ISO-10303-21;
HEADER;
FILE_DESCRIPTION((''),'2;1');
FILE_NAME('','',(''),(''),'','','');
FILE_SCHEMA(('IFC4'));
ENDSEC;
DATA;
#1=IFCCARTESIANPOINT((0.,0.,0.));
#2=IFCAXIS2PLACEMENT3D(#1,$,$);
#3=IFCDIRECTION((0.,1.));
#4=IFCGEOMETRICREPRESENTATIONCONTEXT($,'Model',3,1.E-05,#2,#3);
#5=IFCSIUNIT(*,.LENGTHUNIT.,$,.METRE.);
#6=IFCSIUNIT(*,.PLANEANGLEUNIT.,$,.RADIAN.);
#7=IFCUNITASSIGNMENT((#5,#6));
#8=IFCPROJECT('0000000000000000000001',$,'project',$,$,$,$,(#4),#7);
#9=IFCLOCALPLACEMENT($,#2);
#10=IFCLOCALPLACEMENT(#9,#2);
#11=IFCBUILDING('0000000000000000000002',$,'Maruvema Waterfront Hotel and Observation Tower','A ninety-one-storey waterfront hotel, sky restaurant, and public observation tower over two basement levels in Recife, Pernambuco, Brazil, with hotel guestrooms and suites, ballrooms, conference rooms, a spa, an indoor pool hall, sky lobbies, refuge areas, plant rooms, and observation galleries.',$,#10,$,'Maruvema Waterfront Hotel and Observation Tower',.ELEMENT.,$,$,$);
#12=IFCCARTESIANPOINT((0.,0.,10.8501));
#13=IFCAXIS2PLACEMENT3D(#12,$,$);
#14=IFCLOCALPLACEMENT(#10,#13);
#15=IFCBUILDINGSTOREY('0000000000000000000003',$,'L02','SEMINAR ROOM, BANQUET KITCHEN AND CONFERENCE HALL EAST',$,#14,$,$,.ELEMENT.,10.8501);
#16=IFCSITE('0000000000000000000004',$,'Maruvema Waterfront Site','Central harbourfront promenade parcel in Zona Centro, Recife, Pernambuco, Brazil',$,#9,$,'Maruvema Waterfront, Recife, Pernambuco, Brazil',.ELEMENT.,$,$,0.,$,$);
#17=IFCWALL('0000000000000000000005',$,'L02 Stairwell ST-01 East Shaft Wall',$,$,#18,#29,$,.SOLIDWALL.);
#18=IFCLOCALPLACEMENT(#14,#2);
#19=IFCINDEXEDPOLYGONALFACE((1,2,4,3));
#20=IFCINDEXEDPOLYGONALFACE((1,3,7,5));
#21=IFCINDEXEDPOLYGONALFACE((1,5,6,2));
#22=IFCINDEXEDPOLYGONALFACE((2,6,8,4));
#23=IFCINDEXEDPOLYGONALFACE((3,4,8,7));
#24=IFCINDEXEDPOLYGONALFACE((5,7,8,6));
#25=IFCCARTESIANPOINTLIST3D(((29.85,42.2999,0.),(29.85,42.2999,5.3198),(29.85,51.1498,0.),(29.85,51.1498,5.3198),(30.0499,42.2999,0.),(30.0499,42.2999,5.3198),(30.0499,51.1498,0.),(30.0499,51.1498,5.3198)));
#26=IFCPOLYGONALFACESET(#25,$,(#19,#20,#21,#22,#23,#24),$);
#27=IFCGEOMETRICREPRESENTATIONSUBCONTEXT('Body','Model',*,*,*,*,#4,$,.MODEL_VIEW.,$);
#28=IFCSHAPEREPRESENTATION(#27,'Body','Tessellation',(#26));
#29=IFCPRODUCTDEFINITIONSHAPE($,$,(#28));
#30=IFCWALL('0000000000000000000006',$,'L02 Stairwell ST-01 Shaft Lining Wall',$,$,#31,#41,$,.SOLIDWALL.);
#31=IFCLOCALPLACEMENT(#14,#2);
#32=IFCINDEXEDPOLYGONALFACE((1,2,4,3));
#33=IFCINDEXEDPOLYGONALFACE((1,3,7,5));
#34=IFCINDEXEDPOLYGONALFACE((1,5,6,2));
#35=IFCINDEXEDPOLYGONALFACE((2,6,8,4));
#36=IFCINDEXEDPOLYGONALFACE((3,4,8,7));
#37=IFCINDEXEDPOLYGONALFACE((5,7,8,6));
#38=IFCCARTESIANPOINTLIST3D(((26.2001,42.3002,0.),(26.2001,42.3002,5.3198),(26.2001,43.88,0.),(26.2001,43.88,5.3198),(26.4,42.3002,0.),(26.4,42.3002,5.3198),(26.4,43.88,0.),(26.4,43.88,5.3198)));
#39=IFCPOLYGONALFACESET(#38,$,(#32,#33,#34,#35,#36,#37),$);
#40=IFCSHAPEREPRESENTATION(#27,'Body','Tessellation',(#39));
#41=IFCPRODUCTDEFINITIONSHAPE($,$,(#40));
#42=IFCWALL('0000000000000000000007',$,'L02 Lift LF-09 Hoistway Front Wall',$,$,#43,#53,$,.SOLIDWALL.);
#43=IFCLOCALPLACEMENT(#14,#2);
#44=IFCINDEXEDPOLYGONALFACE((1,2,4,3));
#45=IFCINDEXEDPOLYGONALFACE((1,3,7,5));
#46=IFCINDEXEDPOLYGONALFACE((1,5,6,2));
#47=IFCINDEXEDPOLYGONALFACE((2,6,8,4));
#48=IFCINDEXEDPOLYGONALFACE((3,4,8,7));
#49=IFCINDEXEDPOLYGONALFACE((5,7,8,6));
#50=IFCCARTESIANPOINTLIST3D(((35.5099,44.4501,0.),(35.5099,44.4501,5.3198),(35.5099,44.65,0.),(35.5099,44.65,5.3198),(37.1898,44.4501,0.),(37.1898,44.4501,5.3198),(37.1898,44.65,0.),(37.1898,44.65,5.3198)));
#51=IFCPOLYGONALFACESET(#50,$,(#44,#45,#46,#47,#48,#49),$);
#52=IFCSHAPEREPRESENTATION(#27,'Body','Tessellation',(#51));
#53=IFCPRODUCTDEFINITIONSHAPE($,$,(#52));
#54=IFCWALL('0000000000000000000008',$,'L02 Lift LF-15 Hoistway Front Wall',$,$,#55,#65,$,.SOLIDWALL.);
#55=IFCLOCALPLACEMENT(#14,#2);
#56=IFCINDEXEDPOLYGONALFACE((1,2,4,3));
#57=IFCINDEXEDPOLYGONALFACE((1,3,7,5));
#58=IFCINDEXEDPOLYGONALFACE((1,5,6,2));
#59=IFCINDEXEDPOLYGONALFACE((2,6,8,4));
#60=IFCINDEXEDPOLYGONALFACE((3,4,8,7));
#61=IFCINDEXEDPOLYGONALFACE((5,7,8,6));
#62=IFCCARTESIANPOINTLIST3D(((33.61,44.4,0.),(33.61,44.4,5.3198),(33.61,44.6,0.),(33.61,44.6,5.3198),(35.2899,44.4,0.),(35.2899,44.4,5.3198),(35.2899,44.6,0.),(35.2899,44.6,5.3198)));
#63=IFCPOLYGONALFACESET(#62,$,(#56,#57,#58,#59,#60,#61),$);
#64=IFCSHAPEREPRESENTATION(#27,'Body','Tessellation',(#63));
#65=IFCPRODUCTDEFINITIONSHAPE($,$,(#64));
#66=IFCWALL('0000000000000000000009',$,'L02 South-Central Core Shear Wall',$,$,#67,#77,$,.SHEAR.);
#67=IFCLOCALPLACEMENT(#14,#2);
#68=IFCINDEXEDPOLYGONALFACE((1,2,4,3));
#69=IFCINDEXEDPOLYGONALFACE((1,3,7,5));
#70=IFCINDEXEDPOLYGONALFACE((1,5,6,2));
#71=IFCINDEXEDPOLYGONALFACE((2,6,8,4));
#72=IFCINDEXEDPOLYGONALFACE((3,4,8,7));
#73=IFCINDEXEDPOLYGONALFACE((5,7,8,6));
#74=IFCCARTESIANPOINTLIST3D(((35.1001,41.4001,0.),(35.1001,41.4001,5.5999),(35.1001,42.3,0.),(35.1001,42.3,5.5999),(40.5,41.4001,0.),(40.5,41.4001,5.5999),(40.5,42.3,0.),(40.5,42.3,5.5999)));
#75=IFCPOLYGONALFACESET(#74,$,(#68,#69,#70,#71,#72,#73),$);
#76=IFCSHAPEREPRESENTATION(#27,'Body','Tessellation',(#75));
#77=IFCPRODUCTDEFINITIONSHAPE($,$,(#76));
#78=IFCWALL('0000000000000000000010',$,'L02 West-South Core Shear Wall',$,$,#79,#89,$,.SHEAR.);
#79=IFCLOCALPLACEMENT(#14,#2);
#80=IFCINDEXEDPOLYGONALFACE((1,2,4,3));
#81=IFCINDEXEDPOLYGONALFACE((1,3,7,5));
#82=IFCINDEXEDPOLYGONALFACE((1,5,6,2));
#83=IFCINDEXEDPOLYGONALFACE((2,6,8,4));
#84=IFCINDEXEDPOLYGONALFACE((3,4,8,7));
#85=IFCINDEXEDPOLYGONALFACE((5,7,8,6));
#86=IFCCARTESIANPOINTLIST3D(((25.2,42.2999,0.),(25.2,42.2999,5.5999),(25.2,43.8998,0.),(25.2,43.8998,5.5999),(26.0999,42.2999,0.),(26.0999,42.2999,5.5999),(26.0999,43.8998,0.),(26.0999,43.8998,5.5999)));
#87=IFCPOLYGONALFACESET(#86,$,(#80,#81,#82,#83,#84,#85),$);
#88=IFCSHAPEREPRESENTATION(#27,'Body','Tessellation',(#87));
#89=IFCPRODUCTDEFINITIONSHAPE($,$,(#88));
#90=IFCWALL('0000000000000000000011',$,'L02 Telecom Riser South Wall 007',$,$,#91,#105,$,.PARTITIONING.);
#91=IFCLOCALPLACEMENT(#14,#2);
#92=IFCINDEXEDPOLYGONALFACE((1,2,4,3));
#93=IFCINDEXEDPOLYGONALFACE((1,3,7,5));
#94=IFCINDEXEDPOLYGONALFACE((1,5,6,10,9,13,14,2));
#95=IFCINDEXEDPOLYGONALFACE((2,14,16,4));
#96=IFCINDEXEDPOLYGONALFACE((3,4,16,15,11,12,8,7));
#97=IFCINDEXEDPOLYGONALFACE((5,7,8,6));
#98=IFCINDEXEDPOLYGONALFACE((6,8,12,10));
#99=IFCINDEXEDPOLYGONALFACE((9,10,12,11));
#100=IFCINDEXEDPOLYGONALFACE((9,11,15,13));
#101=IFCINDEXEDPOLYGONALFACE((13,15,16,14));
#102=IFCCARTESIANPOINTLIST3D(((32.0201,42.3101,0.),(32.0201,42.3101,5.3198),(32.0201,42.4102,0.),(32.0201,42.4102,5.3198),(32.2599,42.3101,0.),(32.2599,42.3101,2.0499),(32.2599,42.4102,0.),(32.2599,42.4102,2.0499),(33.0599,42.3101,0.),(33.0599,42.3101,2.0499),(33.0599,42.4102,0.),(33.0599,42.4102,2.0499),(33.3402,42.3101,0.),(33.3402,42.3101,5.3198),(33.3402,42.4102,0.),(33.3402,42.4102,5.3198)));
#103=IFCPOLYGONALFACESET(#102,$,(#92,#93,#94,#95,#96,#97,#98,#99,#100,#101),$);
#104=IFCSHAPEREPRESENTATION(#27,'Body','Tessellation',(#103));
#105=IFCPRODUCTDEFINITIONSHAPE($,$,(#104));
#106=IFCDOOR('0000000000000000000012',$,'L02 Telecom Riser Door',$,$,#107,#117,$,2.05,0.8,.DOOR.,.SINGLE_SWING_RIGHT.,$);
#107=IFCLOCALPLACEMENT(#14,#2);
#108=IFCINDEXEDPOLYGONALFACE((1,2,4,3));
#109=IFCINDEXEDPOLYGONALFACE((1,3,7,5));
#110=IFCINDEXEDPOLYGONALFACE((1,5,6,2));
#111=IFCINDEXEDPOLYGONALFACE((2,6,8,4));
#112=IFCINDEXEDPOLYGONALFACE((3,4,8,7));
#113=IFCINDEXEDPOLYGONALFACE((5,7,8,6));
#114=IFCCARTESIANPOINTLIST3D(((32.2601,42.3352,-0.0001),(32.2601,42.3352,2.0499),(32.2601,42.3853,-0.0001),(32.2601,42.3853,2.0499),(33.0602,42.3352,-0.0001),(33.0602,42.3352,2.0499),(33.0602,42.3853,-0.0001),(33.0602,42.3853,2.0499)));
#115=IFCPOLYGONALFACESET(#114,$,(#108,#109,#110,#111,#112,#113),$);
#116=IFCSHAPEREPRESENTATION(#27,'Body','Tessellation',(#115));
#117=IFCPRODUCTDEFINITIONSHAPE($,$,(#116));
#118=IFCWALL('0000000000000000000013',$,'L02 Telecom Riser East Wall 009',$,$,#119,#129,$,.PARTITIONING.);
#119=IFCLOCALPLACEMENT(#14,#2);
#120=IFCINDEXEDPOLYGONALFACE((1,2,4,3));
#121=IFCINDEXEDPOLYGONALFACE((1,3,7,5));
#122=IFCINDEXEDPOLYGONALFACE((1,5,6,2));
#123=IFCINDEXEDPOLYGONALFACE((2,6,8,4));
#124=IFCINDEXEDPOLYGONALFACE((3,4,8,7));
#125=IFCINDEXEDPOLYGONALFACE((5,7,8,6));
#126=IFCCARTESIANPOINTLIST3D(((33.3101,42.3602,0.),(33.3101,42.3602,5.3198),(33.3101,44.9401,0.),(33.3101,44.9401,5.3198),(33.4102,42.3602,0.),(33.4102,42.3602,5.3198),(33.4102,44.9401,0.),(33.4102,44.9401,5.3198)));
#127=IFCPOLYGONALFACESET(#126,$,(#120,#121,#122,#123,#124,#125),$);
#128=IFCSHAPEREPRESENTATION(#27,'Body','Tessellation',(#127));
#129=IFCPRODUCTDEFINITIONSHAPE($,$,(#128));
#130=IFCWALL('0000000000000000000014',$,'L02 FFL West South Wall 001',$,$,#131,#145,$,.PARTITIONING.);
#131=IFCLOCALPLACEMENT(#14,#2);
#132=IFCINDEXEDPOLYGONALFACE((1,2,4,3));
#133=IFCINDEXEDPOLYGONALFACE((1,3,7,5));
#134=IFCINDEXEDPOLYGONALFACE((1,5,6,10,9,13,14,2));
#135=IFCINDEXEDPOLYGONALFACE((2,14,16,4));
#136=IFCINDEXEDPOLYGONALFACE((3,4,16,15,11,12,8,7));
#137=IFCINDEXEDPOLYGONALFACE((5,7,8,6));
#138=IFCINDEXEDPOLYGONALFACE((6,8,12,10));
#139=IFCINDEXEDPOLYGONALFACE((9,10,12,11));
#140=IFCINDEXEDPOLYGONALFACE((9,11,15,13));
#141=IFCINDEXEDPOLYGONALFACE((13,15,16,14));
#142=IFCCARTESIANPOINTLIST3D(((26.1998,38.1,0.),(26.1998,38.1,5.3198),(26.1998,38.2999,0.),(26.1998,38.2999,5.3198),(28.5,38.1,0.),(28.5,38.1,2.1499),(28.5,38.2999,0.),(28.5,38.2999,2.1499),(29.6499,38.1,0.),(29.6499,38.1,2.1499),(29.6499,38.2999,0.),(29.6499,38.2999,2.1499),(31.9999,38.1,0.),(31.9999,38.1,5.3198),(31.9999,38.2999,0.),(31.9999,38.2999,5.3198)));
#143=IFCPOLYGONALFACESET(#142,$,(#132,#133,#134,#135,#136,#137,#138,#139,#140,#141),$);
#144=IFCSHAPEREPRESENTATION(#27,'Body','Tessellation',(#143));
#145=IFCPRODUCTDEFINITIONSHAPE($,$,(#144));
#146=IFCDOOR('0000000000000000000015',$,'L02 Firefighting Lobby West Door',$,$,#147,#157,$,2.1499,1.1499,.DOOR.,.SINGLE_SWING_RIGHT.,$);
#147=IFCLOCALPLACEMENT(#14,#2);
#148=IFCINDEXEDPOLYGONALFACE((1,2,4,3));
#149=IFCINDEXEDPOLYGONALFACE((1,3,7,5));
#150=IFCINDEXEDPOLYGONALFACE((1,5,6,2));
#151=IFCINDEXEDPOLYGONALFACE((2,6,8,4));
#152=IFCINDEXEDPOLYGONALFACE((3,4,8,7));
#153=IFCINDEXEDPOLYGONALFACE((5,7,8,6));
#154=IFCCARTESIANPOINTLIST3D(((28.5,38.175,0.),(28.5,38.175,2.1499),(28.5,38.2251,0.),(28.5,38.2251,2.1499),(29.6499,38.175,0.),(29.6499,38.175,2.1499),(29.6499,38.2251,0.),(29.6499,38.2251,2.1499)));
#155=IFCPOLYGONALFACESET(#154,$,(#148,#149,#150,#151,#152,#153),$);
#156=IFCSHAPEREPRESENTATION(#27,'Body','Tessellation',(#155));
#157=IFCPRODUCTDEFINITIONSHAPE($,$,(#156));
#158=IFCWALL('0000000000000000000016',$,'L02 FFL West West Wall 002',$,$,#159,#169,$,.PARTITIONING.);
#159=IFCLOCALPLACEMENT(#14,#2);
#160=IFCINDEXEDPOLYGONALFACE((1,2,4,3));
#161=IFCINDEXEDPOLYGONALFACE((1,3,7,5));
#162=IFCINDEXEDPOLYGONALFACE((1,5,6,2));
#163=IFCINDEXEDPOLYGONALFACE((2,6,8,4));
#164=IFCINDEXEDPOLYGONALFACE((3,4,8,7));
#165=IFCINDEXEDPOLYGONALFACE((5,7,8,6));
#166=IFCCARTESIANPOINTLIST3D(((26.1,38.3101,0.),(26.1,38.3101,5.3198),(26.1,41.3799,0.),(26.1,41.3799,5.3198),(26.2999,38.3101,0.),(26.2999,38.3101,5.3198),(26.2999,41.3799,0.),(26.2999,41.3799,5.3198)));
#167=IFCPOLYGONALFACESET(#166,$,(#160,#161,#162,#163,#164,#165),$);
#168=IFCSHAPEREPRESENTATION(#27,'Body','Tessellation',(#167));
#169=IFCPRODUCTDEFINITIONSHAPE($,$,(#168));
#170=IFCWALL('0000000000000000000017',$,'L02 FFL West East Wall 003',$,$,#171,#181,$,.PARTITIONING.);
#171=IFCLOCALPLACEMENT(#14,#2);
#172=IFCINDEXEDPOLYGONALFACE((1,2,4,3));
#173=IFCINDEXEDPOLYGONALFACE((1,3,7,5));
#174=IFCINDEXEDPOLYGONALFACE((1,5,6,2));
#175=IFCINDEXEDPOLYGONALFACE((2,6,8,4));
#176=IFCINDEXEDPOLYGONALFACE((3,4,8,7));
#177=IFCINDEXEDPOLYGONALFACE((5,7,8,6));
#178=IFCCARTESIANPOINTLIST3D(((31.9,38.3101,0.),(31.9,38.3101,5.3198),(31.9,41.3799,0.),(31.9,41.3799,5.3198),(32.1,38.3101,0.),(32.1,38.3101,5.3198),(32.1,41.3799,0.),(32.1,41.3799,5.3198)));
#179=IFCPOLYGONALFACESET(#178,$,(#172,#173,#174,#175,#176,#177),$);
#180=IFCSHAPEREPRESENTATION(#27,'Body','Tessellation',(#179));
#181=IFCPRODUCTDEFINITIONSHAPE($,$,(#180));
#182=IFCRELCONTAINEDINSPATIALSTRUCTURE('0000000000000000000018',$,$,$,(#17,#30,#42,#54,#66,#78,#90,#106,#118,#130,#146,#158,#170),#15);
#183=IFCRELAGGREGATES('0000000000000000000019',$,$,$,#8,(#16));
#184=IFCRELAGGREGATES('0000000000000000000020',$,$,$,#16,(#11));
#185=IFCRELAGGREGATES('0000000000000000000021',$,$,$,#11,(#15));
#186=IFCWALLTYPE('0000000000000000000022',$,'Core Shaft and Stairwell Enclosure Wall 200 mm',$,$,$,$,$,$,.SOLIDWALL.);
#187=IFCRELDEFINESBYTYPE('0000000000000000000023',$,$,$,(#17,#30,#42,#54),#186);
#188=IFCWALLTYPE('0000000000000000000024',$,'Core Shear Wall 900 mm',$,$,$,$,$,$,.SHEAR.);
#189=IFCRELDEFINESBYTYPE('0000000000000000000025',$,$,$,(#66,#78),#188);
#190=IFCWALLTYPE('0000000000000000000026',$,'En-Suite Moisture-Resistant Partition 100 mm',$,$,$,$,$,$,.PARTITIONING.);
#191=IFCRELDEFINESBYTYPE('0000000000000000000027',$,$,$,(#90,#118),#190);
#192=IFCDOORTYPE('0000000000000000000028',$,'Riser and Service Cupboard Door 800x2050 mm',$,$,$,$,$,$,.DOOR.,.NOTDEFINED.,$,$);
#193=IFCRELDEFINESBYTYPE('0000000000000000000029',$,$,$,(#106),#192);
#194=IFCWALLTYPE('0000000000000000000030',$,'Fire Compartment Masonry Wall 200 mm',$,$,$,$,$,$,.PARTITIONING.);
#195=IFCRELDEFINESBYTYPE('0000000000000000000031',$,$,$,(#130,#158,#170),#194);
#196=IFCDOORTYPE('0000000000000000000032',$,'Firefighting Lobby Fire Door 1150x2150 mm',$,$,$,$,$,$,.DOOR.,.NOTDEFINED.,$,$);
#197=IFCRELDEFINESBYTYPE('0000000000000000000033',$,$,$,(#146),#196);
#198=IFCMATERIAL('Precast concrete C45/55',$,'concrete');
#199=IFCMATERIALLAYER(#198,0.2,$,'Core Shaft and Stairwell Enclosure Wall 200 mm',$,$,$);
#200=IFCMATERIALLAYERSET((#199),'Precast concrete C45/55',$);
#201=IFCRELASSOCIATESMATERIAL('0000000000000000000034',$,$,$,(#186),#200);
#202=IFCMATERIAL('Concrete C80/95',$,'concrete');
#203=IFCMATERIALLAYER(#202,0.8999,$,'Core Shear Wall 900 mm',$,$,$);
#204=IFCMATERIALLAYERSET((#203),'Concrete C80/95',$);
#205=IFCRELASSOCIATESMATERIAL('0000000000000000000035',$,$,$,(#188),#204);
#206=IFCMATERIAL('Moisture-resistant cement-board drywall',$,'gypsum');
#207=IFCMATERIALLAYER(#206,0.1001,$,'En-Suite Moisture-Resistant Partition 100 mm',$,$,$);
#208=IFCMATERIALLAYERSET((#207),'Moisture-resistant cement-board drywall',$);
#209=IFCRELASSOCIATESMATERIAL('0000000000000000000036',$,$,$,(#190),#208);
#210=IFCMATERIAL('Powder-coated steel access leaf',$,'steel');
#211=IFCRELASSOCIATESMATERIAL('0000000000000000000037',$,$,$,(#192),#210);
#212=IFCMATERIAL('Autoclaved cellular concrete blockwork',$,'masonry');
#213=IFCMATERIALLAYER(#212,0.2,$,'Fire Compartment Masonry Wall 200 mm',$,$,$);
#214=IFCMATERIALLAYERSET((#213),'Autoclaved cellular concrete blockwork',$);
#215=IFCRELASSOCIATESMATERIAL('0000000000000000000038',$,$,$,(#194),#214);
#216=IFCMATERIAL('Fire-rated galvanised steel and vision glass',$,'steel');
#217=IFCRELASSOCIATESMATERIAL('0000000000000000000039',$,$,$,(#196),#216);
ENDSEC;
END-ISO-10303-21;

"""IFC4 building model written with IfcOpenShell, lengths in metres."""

from ifc_helpers import new_model, si_unit, direction, frame, frame_2d, origin, place, context, subcontext, project, spatial, rectangle, extrude, material, layer, layer_set, type_object, element, fill, save


model = new_model("IFC4")

# Units and contexts
model_context = context("Model", 3, precision=1e-05, world=origin(), true_north=direction((0.0, 1.0)))
body_context = subcontext(model_context, "Body", "Model", "MODEL_VIEW")
ifc_project = project(units=[si_unit("LENGTHUNIT", "METRE"), si_unit("PLANEANGLEUNIT", "RADIAN")], contexts=[model_context])

# Site, building, storey
site_placement = place(None, origin())
site = spatial("IfcSite", under=ifc_project, at=site_placement, Name="Maruvema Waterfront Site", Description="Central harbourfront promenade parcel in Zona Centro, Recife, Pernambuco, Brazil", LongName="Maruvema Waterfront, Recife, Pernambuco, Brazil", CompositionType="ELEMENT", RefElevation=0.0)
building_placement = place(site_placement, origin())
building = spatial("IfcBuilding", under=site, at=building_placement, Name="Maruvema Waterfront Hotel and Observation Tower", Description="A ninety-one-storey waterfront hotel, sky restaurant, and public observation tower over two basement levels in Recife, Pernambuco, Brazil, with hotel guestrooms and suites, ballrooms, conference rooms, a spa, an indoor pool hall, sky lobbies, refuge areas, plant rooms, and observation galleries.", LongName="Maruvema Waterfront Hotel and Observation Tower", CompositionType="ELEMENT")
storey_placement = place(building_placement, frame((0.0, 0.0, 10.8501)))
storey = spatial("IfcBuildingStorey", under=building, at=storey_placement, Name="L02", Description="SEMINAR ROOM, BANQUET KITCHEN AND CONFERENCE HALL EAST", CompositionType="ELEMENT", Elevation=10.8501)

# Walls
ifc_material_1 = material(Name="Precast concrete C45/55", Category="concrete")
ifc_layer_1 = layer(ifc_material_1, 0.2, Name="Core Shaft and Stairwell Enclosure Wall 200 mm")
ifc_layer_set_1 = layer_set([ifc_layer_1], Name="Precast concrete C45/55")
wall_type_1 = type_object("IfcWallType", Name="Core Shaft and Stairwell Enclosure Wall 200 mm", PredefinedType="SOLIDWALL", material=ifc_layer_set_1)
wall_1_placement = place(storey_placement, frame((29.95, 42.3, 0.0), z_axis=(0.0, 0.0, 1.0), x_axis=(0.0, 1.0, 0.0)))
element("IfcWall", 1, at=wall_1_placement, inside=storey, type_object=wall_type_1, Name="L02 Stairwell ST-01 East Shaft Wall", PredefinedType="SOLIDWALL", context=body_context, shape_type="SweptSolid", body=[
    extrude(rectangle(XDim=8.8499, YDim=0.2, at=frame_2d((4.4248, 0.0))), origin(), (0.0, 0.0, 1.0), 5.3198),
])
wall_2_placement = place(storey_placement, frame((26.3, 42.3, 0.0), z_axis=(0.0, 0.0, 1.0), x_axis=(0.0, 1.0, 0.0)))
element("IfcWall", 2, at=wall_2_placement, inside=storey, type_object=wall_type_1, Name="L02 Stairwell ST-01 Shaft Lining Wall", PredefinedType="SOLIDWALL", context=body_context, shape_type="SweptSolid", body=[
    extrude(rectangle(XDim=1.5798, YDim=0.2, at=frame_2d((0.79, 0.0))), origin(), (0.0, 0.0, 1.0), 5.3198),
])
for number, where, z_axis, x_axis, name in (
    (3, (35.51, 44.55, 0.0), (0.0, 0.0, 1.0), (1.0, 0.0, 0.0), "L02 Lift LF-09 Hoistway Front Wall"),
    (4, (33.6101, 44.5, 0.0), (0.0, 0.0, 1.0), (1.0, 0.0, 0.0), "L02 Lift LF-15 Hoistway Front Wall"),
):
    element("IfcWall", number, at=place(storey_placement, frame(where, z_axis=z_axis, x_axis=x_axis)), inside=storey, type_object=wall_type_1, Name=name, PredefinedType="SOLIDWALL", context=body_context, shape_type="SweptSolid", body=[
        extrude(rectangle(XDim=1.6799, YDim=0.2, at=frame_2d((0.8398, 0.0))), origin(), (0.0, 0.0, 1.0), 5.3198),
    ])

# Shared definitions
ifc_material_2 = material(Name="Concrete C80/95", Category="concrete")
ifc_layer_2 = layer(ifc_material_2, 0.8999, Name="Core Shear Wall 900 mm")
ifc_layer_set_2 = layer_set([ifc_layer_2], Name="Concrete C80/95")
wall_type_2 = type_object("IfcWallType", Name="Core Shear Wall 900 mm", PredefinedType="SHEAR", material=ifc_layer_set_2)

# Walls
wall_3_placement = place(storey_placement, frame((35.1001, 41.8501, 0.0), z_axis=(0.0, 0.0, 1.0), x_axis=(1.0, 0.0, 0.0)))
element("IfcWall", 5, at=wall_3_placement, inside=storey, type_object=wall_type_2, Name="L02 South-Central Core Shear Wall", PredefinedType="SHEAR", context=body_context, shape_type="SweptSolid", body=[
    extrude(rectangle(XDim=5.3999, YDim=0.8999, at=frame_2d((2.7, 0.0))), origin(), (0.0, 0.0, 1.0), 5.5999),
])
wall_4_placement = place(storey_placement, frame((25.6499, 42.3, 0.0), z_axis=(0.0, 0.0, 1.0), x_axis=(0.0, 1.0, 0.0)))
element("IfcWall", 6, at=wall_4_placement, inside=storey, type_object=wall_type_2, Name="L02 West-South Core Shear Wall", PredefinedType="SHEAR", context=body_context, shape_type="SweptSolid", body=[
    extrude(rectangle(XDim=1.5999, YDim=0.8999, at=frame_2d((0.7998, 0.0))), origin(), (0.0, 0.0, 1.0), 5.5999),
])

# Wall, opening, door
ifc_material_3 = material(Name="Moisture-resistant cement-board drywall", Category="gypsum")
ifc_layer_3 = layer(ifc_material_3, 0.1001, Name="En-Suite Moisture-Resistant Partition 100 mm")
ifc_layer_set_3 = layer_set([ifc_layer_3], Name="Moisture-resistant cement-board drywall")
wall_type_3 = type_object("IfcWallType", Name="En-Suite Moisture-Resistant Partition 100 mm", PredefinedType="PARTITIONING", material=ifc_layer_set_3)
wall_5_placement = place(storey_placement, frame((32.02, 42.3601, 0.0), z_axis=(0.0, 0.0, 1.0), x_axis=(1.0, 0.0, 0.0)))
wall_5 = element("IfcWall", 7, at=wall_5_placement, inside=storey, type_object=wall_type_3, Name="L02 Telecom Riser South Wall 007", PredefinedType="PARTITIONING", context=body_context, shape_type="SweptSolid", body=[
    extrude(rectangle(XDim=1.3201, YDim=0.1001, at=frame_2d((0.6602, 0.0))), origin(), (0.0, 0.0, 1.0), 5.3198),
])
opening_1_placement = place(wall_5_placement, frame((0.24, 0.0, 0.0)))
opening_1 = element("IfcOpeningElement", 8, at=opening_1_placement, cuts=wall_5, PredefinedType="OPENING", context=body_context, shape_type="SweptSolid", body=[
    extrude(rectangle(XDim=0.8, YDim=2.05, at=frame_2d((0.3999, 1.0249))), frame((0.0, 0.0601, 0.0), z_axis=(0.0, -1.0, 0.0), x_axis=(1.0, 0.0, 0.0)), (0.0, 0.0, 1.0), 0.1201),
])
ifc_material_4 = material(Name="Powder-coated steel access leaf", Category="steel")
door_type_1 = type_object("IfcDoorType", Name="Riser and Service Cupboard Door 800x2050 mm", OperationType="NOTDEFINED", PredefinedType="DOOR", material=ifc_material_4)
door_1_placement = place(opening_1_placement, frame((0.8, 0.0, 0.0), z_axis=(0.0, 0.0, 1.0), x_axis=(-1.0, 0.0, 0.0)))
door_1 = element("IfcDoor", 9, at=door_1_placement, inside=storey, type_object=door_type_1, Name="L02 Telecom Riser Door", OperationType="SINGLE_SWING_RIGHT", OverallHeight=2.05, OverallWidth=0.8, PredefinedType="DOOR", context=body_context, shape_type="SweptSolid", body=[
    extrude(rectangle(XDim=0.8, YDim=2.05, at=frame_2d((0.3999, 1.0249))), frame((0.0, 0.0249, 0.0), z_axis=(0.0, -1.0, 0.0), x_axis=(1.0, 0.0, 0.0)), (0.0, 0.0, 1.0), 0.05),
])
fill(opening_1, door_1)

# Wall
wall_6_placement = place(storey_placement, frame((33.3601, 42.3601, 0.0), z_axis=(0.0, 0.0, 1.0), x_axis=(0.0, 1.0, 0.0)))
element("IfcWall", 10, at=wall_6_placement, inside=storey, type_object=wall_type_3, Name="L02 Telecom Riser East Wall 009", PredefinedType="PARTITIONING", context=body_context, shape_type="SweptSolid", body=[
    extrude(rectangle(XDim=2.5798, YDim=0.1001, at=frame_2d((1.29, 0.0))), origin(), (0.0, 0.0, 1.0), 5.3198),
])

# Wall, opening, door
ifc_material_5 = material(Name="Autoclaved cellular concrete blockwork", Category="masonry")
ifc_layer_4 = layer(ifc_material_5, 0.2, Name="Fire Compartment Masonry Wall 200 mm")
ifc_layer_set_4 = layer_set([ifc_layer_4], Name="Autoclaved cellular concrete blockwork")
wall_type_4 = type_object("IfcWallType", Name="Fire Compartment Masonry Wall 200 mm", PredefinedType="PARTITIONING", material=ifc_layer_set_4)
wall_7_placement = place(storey_placement, frame((26.2, 38.2, 0.0), z_axis=(0.0, 0.0, 1.0), x_axis=(1.0, 0.0, 0.0)))
wall_7 = element("IfcWall", 11, at=wall_7_placement, inside=storey, type_object=wall_type_4, Name="L02 FFL West South Wall 001", PredefinedType="PARTITIONING", context=body_context, shape_type="SweptSolid", body=[
    extrude(rectangle(XDim=5.8, YDim=0.2, at=frame_2d((2.8999, 0.0))), origin(), (0.0, 0.0, 1.0), 5.3198),
])
opening_2_placement = place(wall_7_placement, frame((2.3, 0.0, 0.0)))
opening_2 = element("IfcOpeningElement", 12, at=opening_2_placement, cuts=wall_7, PredefinedType="OPENING", context=body_context, shape_type="SweptSolid", body=[
    extrude(rectangle(XDim=1.1499, YDim=2.1499, at=frame_2d((0.575, 1.075))), frame((0.0, 0.1099, 0.0), z_axis=(0.0, -1.0, 0.0), x_axis=(1.0, 0.0, 0.0)), (0.0, 0.0, 1.0), 0.22),
])
ifc_material_6 = material(Name="Fire-rated galvanised steel and vision glass", Category="steel")
door_type_2 = type_object("IfcDoorType", Name="Firefighting Lobby Fire Door 1150x2150 mm", OperationType="NOTDEFINED", PredefinedType="DOOR", material=ifc_material_6)
door_2_placement = place(opening_2_placement, frame((1.1499, 0.0, 0.0), z_axis=(0.0, 0.0, 1.0), x_axis=(-1.0, 0.0, 0.0)))
door_2 = element("IfcDoor", 13, at=door_2_placement, inside=storey, type_object=door_type_2, Name="L02 Firefighting Lobby West Door", OperationType="SINGLE_SWING_RIGHT", OverallHeight=2.1499, OverallWidth=1.1499, PredefinedType="DOOR", context=body_context, shape_type="SweptSolid", body=[
    extrude(rectangle(XDim=1.1499, YDim=2.1499, at=frame_2d((0.575, 1.075))), frame((0.0, 0.0249, 0.0), z_axis=(0.0, -1.0, 0.0), x_axis=(1.0, 0.0, 0.0)), (0.0, 0.0, 1.0), 0.05),
])
fill(opening_2, door_2)

# Walls
for number, where, z_axis, x_axis, name in (
    (14, (26.2, 38.3101, 0.0), (0.0, 0.0, 1.0), (0.0, 1.0, 0.0), "L02 FFL West West Wall 002"),
    (15, (32.0, 38.3101, 0.0), (0.0, 0.0, 1.0), (0.0, 1.0, 0.0), "L02 FFL West East Wall 003"),
):
    element("IfcWall", number, at=place(storey_placement, frame(where, z_axis=z_axis, x_axis=x_axis)), inside=storey, type_object=wall_type_4, Name=name, PredefinedType="PARTITIONING", context=body_context, shape_type="SweptSolid", body=[
        extrude(rectangle(XDim=3.0698, YDim=0.2, at=frame_2d((1.5349, 0.0))), origin(), (0.0, 0.0, 1.0), 5.3198),
    ])

save(model, "model.ifc")
